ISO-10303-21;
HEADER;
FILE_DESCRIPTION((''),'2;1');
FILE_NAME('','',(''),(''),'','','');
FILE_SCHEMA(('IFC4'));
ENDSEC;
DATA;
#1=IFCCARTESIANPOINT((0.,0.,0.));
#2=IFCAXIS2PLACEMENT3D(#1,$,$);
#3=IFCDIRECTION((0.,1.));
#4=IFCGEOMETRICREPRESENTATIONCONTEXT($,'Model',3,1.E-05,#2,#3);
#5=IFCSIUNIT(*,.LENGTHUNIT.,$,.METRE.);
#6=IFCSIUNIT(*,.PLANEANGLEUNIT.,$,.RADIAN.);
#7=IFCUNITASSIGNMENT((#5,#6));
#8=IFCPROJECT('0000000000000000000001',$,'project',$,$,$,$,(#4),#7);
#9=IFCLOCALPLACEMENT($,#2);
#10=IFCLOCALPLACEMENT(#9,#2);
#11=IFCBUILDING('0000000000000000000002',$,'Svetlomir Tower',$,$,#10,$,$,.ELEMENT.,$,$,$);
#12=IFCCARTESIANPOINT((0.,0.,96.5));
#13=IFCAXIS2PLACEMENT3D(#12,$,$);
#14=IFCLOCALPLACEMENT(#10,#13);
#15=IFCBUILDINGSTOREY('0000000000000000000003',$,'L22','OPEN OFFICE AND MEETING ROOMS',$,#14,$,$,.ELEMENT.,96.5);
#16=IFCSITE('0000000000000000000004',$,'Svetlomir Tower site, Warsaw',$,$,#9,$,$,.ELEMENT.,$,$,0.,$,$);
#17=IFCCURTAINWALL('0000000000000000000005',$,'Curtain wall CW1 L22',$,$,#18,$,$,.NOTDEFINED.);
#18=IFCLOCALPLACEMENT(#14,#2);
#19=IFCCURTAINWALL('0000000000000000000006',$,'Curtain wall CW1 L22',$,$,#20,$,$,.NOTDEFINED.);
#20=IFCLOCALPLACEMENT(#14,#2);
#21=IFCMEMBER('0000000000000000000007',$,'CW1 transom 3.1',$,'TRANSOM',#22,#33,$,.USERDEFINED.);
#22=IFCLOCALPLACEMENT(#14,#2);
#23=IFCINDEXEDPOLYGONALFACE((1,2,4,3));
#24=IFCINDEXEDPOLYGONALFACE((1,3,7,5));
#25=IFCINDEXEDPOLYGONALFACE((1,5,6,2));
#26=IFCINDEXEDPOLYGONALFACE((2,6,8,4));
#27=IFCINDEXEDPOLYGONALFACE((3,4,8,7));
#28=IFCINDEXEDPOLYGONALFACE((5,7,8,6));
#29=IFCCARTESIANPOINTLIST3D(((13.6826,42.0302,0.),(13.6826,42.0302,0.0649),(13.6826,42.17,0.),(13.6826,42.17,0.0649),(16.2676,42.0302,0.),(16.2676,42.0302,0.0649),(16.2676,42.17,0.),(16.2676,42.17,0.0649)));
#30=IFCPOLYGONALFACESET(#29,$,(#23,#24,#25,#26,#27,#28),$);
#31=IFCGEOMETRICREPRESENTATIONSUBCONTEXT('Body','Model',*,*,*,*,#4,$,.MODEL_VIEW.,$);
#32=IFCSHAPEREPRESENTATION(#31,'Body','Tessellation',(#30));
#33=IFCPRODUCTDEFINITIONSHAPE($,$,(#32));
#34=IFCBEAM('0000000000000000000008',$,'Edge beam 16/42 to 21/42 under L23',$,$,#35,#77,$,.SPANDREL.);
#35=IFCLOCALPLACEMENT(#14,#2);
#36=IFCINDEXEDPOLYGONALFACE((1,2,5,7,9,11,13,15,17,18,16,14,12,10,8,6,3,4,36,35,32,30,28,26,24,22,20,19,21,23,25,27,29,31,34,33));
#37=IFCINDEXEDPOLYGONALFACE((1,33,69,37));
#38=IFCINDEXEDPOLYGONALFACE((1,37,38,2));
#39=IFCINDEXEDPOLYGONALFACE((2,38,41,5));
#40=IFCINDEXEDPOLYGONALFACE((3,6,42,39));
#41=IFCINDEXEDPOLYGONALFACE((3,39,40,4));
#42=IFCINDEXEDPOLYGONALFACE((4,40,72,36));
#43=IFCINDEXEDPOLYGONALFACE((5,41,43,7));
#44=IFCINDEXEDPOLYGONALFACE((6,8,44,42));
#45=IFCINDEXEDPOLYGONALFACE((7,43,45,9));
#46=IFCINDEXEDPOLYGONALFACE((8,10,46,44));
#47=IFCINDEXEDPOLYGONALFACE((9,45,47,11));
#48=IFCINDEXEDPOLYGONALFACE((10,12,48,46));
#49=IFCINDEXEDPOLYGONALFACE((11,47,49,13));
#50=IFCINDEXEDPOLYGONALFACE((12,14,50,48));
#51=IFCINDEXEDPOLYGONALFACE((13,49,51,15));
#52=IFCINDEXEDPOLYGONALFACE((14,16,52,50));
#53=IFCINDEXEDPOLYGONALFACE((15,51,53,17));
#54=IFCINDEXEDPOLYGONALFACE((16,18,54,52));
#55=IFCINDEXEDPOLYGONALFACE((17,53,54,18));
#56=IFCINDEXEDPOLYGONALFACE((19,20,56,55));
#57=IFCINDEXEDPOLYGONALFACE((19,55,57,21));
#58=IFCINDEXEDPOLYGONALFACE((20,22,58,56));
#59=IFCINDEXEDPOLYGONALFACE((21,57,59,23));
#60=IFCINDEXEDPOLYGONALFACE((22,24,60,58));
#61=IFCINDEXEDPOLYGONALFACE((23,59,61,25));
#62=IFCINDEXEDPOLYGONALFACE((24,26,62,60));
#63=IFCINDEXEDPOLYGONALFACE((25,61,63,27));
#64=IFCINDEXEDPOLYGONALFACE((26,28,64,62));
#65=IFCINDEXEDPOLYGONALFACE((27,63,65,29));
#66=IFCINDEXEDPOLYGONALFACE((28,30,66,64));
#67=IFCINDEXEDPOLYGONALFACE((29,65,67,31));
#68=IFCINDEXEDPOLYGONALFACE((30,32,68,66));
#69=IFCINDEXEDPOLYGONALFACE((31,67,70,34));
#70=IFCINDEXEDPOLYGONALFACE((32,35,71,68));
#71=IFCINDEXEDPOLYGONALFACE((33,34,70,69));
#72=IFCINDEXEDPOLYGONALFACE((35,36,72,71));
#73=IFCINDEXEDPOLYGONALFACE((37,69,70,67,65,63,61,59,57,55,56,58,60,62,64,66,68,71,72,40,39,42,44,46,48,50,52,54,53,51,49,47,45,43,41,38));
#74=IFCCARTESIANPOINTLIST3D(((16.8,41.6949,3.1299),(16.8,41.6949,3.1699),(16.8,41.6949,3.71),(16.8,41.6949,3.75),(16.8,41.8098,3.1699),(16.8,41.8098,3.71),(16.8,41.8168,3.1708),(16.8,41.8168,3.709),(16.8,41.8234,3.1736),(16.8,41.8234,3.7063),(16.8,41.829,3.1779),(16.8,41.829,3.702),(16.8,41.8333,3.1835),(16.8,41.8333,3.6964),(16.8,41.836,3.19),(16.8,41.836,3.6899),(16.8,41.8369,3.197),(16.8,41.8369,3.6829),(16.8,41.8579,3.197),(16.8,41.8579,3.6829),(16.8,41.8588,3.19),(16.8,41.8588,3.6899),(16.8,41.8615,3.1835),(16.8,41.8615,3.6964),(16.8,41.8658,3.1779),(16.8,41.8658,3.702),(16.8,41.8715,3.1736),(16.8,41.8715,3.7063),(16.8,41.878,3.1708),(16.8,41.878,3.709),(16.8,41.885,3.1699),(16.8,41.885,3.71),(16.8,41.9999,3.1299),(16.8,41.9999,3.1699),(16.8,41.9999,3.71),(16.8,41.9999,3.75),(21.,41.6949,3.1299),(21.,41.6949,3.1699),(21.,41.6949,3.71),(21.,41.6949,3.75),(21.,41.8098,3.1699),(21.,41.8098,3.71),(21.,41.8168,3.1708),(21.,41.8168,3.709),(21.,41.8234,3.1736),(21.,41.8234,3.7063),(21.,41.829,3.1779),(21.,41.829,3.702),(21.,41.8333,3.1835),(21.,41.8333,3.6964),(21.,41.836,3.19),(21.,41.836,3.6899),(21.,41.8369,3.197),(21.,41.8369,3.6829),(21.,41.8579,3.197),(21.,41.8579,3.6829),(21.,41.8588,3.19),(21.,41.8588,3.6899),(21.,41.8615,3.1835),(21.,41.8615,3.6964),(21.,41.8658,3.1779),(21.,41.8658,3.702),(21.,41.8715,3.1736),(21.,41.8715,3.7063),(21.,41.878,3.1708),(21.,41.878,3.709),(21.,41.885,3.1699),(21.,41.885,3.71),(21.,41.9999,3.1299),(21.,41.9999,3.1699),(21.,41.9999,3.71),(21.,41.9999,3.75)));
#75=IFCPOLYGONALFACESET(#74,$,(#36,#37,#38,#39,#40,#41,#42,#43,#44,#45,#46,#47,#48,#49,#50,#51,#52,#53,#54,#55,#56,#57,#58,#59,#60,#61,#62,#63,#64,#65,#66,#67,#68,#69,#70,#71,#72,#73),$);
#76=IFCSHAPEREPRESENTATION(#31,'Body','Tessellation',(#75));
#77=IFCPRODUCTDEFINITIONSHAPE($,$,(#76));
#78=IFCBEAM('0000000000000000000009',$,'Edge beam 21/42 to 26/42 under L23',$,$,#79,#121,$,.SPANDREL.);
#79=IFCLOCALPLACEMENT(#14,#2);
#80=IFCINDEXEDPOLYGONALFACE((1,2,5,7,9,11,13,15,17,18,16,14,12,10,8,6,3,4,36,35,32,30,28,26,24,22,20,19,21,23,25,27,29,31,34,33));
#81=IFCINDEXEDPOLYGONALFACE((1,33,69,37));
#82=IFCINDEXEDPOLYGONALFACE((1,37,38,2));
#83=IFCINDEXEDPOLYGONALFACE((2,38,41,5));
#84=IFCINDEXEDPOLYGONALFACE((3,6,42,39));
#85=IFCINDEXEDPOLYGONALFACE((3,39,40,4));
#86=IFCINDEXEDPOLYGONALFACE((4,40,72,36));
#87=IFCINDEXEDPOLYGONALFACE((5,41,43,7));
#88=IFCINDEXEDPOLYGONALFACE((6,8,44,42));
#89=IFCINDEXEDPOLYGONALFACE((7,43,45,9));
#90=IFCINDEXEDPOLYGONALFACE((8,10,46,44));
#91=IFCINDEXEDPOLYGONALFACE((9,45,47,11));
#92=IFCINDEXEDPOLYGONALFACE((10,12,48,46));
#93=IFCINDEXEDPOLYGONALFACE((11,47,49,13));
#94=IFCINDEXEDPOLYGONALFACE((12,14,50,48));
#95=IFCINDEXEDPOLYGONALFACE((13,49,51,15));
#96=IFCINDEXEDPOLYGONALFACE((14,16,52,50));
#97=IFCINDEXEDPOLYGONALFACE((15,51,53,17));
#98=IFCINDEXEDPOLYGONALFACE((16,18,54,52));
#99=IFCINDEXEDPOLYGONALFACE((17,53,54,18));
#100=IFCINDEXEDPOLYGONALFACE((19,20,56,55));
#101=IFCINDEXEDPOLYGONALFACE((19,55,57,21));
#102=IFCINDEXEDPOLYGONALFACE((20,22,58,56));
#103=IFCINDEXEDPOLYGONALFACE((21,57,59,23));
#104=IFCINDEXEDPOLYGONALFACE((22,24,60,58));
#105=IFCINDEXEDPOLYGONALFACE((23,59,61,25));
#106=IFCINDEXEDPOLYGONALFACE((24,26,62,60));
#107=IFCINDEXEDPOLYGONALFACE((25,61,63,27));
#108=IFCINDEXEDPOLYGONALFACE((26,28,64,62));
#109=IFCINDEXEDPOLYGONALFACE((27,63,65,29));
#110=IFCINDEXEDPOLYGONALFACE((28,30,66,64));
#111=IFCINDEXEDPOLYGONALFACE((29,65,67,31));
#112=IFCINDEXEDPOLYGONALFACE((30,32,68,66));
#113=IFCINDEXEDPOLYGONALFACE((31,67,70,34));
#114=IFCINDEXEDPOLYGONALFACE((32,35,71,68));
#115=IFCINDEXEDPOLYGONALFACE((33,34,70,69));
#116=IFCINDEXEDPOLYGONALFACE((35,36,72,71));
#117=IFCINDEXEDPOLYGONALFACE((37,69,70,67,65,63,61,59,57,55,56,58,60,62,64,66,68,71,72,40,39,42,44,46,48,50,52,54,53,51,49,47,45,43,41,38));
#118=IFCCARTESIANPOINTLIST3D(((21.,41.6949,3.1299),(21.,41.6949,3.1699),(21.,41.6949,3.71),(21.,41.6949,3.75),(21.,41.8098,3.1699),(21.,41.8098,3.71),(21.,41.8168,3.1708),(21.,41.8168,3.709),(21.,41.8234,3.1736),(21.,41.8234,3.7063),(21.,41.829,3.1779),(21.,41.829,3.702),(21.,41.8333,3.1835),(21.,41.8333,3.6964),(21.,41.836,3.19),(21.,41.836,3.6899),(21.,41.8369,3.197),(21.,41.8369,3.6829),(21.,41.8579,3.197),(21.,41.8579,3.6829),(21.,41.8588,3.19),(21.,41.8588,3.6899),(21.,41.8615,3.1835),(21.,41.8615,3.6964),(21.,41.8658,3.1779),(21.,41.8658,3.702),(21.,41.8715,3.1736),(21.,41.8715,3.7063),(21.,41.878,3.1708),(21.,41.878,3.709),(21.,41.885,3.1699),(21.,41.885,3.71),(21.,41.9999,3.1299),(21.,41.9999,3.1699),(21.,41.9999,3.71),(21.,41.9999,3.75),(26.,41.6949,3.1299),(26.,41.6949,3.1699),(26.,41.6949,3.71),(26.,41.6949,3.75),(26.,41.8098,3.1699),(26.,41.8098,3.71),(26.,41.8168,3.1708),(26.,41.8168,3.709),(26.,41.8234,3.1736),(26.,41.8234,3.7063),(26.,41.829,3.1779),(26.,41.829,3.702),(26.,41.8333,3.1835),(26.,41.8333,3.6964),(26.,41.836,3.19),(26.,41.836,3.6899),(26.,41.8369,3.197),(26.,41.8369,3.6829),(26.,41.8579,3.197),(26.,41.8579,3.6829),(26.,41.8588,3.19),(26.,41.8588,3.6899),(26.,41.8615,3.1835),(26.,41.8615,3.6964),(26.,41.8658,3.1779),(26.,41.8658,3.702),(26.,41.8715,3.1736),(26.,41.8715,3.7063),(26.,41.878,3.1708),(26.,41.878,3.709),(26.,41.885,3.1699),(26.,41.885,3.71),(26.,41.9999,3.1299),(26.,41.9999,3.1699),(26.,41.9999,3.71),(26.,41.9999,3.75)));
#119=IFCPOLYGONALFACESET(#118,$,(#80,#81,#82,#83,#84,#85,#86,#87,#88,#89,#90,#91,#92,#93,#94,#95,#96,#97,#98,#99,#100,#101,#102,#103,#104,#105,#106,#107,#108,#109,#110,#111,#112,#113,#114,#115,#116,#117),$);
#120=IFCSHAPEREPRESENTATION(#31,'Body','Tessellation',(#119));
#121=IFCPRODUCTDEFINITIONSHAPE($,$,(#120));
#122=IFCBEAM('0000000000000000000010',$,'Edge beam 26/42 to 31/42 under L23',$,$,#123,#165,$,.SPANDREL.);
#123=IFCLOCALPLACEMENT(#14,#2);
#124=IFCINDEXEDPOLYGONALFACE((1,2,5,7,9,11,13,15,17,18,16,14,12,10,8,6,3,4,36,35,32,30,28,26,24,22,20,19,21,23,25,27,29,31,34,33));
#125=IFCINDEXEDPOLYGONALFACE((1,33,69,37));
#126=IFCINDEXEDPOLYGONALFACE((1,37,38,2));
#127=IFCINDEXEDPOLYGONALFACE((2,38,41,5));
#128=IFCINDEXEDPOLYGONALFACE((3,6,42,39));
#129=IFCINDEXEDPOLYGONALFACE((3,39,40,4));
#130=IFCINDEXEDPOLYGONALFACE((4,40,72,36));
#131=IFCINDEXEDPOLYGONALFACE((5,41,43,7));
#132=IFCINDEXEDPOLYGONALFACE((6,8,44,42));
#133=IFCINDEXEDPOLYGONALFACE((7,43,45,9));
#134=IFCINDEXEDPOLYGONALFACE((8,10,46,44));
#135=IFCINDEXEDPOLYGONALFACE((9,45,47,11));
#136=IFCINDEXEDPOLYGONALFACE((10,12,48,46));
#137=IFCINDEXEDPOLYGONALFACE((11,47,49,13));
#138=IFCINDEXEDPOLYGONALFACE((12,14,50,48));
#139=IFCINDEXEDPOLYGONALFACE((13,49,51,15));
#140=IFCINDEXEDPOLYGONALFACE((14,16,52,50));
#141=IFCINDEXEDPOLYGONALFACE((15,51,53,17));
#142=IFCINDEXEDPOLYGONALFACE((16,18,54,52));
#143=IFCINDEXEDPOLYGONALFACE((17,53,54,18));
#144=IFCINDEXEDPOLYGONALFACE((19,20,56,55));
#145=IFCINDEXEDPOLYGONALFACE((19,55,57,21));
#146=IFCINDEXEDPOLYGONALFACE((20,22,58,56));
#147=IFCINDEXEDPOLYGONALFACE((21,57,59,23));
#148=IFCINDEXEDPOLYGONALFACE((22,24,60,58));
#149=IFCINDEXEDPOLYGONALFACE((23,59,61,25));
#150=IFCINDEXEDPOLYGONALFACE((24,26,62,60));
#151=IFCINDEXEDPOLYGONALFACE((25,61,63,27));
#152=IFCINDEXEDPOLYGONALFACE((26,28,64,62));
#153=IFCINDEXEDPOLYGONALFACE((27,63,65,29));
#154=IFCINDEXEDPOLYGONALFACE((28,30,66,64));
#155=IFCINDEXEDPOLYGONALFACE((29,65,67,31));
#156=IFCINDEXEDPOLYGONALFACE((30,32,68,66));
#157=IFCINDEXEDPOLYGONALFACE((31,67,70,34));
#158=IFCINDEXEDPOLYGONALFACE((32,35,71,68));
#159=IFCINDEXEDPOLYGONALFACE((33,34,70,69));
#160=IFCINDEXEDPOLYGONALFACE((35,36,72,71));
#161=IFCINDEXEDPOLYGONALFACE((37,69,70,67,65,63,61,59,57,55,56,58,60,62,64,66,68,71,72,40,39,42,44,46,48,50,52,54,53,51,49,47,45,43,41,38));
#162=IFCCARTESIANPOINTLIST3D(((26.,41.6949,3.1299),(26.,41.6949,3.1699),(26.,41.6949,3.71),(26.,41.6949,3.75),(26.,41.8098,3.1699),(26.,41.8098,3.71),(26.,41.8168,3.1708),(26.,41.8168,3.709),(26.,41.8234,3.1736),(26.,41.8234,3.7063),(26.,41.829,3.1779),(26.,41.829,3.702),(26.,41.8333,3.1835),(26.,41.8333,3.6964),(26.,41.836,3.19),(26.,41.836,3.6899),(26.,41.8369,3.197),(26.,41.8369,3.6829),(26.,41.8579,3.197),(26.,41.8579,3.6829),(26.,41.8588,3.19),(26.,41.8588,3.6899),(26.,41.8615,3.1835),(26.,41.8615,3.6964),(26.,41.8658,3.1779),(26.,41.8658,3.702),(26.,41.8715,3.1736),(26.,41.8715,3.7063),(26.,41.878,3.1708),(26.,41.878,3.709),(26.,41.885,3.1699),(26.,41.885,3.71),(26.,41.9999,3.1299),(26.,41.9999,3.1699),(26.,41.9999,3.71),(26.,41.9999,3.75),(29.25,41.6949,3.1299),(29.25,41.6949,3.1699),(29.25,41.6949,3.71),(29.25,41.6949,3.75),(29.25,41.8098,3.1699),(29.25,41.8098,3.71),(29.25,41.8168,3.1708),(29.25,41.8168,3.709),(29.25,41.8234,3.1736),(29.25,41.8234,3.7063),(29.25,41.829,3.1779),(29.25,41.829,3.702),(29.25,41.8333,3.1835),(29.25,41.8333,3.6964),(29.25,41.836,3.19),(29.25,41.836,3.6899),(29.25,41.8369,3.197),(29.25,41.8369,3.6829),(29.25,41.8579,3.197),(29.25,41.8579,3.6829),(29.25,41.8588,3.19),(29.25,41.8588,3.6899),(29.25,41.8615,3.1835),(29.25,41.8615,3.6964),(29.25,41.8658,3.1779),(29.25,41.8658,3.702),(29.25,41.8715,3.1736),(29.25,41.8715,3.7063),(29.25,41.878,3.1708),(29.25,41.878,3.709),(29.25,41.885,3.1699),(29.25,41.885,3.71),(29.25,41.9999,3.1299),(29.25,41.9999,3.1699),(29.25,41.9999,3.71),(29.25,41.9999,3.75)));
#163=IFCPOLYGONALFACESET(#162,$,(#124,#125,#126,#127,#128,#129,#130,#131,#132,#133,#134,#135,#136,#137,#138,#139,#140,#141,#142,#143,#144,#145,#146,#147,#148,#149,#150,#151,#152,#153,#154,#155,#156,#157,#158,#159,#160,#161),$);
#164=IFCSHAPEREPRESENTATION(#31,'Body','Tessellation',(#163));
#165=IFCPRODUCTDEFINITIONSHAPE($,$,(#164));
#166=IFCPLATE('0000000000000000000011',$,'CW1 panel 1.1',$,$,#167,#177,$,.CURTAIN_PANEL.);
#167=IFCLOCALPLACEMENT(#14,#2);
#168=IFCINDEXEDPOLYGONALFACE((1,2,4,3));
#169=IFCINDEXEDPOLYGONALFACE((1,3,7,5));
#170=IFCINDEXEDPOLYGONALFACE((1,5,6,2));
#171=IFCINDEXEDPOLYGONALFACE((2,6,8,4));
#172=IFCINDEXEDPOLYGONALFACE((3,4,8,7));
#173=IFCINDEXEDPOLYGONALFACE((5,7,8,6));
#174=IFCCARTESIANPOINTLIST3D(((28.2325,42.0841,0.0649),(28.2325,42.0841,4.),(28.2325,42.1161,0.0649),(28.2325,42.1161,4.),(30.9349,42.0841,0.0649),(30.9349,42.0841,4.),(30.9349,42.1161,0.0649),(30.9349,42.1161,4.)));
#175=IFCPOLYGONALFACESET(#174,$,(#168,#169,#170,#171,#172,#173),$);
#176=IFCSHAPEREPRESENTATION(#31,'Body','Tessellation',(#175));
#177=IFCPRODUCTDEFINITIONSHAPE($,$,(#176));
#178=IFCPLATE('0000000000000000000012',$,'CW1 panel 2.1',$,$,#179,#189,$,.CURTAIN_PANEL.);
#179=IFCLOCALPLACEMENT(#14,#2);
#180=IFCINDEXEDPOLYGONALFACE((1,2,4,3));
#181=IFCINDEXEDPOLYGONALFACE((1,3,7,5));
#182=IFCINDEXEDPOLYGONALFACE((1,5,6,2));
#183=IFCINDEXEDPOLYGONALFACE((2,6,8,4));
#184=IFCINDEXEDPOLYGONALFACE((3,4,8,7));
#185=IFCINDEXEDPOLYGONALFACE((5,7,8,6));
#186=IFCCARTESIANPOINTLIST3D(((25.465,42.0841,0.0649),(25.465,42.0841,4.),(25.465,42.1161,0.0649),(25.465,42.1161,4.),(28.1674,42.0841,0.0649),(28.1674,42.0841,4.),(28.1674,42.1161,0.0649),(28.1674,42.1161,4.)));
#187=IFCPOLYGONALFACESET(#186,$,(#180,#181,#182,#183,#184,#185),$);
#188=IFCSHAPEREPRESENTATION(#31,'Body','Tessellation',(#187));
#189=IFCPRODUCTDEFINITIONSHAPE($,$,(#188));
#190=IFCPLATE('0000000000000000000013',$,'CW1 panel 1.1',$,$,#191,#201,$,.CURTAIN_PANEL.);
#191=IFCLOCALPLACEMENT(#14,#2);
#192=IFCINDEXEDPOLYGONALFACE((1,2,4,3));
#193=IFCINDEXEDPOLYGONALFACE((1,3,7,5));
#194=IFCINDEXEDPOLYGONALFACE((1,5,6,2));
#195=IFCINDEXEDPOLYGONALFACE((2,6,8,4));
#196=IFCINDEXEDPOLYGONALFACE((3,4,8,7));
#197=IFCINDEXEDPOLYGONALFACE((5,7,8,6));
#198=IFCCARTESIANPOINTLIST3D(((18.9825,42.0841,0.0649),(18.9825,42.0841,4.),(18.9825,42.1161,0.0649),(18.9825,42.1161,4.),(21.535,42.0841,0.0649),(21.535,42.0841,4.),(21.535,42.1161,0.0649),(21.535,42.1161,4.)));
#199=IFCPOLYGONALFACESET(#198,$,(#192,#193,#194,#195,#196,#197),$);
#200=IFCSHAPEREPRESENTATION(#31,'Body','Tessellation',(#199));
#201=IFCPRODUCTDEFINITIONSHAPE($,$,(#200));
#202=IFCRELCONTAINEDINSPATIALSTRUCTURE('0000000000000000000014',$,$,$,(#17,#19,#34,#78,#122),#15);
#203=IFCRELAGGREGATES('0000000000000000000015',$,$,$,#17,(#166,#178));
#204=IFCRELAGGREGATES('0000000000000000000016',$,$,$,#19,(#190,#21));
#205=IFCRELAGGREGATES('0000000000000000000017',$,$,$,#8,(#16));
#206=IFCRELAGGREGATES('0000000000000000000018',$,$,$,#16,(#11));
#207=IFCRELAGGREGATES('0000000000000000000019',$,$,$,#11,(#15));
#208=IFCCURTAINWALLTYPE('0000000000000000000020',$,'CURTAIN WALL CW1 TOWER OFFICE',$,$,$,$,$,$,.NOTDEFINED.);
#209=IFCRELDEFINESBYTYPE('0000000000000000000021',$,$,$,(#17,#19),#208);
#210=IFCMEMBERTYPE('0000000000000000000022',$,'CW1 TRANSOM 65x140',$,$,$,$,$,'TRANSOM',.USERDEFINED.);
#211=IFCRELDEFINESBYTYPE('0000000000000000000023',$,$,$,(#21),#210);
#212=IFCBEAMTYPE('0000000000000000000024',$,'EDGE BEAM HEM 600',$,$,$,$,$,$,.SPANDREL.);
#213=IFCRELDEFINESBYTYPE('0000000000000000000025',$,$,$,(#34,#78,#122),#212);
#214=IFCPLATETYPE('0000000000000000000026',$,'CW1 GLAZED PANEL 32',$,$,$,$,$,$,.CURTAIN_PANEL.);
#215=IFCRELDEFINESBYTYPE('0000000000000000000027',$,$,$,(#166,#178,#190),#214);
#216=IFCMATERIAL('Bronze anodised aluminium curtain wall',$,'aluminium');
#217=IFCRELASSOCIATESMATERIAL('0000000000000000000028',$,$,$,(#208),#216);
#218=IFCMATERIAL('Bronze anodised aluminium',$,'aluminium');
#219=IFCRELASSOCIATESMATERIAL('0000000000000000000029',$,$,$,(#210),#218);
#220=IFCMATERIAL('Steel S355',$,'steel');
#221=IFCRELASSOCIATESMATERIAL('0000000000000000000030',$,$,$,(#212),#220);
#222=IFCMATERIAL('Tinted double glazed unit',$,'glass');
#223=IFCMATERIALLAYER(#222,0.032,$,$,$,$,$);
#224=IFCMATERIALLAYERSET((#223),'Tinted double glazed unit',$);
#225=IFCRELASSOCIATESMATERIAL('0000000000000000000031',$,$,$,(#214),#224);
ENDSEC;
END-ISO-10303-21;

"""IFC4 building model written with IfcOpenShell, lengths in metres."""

from ifc_helpers import new_model, si_unit, direction, frame, origin, origin_2d, place, context, subcontext, project, spatial, rectangle, i_section, extrude, material, layer, layer_set, material_profile, profile_set, type_object, element, aggregate, save


model = new_model("IFC4")

# Units and contexts
model_context = context("Model", 3, precision=1e-05, world=origin(), true_north=direction((0.0, 1.0)))
body_context = subcontext(model_context, "Body", "Model", "MODEL_VIEW")
ifc_project = project(units=[si_unit("LENGTHUNIT", "METRE"), si_unit("PLANEANGLEUNIT", "RADIAN")], contexts=[model_context])

# Site, building, storey
site_placement = place(None, origin())
site = spatial("IfcSite", under=ifc_project, at=site_placement, Name="Svetlomir Tower site, Warsaw", CompositionType="ELEMENT", RefElevation=0.0)
building_placement = place(site_placement, origin())
building = spatial("IfcBuilding", under=site, at=building_placement, Name="Svetlomir Tower", CompositionType="ELEMENT")
storey_placement = place(building_placement, frame((0.0, 0.0, 96.5)))
storey = spatial("IfcBuildingStorey", under=building, at=storey_placement, Name="L22", Description="OPEN OFFICE AND MEETING ROOMS", CompositionType="ELEMENT", Elevation=96.5)

# Curtain walls
ifc_material_1 = material(Name="Bronze anodised aluminium curtain wall", Category="aluminium")
curtain_wall_type = type_object("IfcCurtainWallType", Name="CURTAIN WALL CW1 TOWER OFFICE", PredefinedType="NOTDEFINED", material=ifc_material_1)
curtain_wall_1_placement = place(storey_placement, origin())
curtain_wall_1 = element("IfcCurtainWall", 1, at=curtain_wall_1_placement, inside=storey, type_object=curtain_wall_type, Name="Curtain wall CW1 L22", PredefinedType="NOTDEFINED")
curtain_wall_2_placement = place(storey_placement, origin())
curtain_wall_2 = element("IfcCurtainWall", 2, at=curtain_wall_2_placement, inside=storey, type_object=curtain_wall_type, Name="Curtain wall CW1 L22", PredefinedType="NOTDEFINED")

# Member
ifc_material_2 = material(Name="Bronze anodised aluminium", Category="aluminium")
ifc_material_profile_1 = material_profile(ifc_material_2, rectangle(XDim=0.1399, YDim=0.0649, at=origin_2d()), Name="AL 140x65")
ifc_profile_set_1 = profile_set([ifc_material_profile_1], Name="Bronze anodised aluminium 6063-T6")
member_type_1 = type_object("IfcMemberType", Name="CW1 TRANSOM 65x140", ElementType="TRANSOM", PredefinedType="USERDEFINED", material=ifc_profile_set_1)
member_1_placement = place(storey_placement, frame((16.2676, 42.1001, 0.0325), z_axis=(-1.0, 0.0, 0.0), x_axis=(0.0, -1.0, 0.0)))
member_1 = element("IfcMember", 3, at=member_1_placement, type_object=member_type_1, Name="CW1 transom 3.1", ObjectType="TRANSOM", PredefinedType="USERDEFINED", context=body_context, shape_type="SweptSolid", body=[
    extrude(rectangle(XDim=0.1399, YDim=0.0649, at=origin_2d()), origin(), (0.0, 0.0, 1.0), 2.585),
])

# Beams
ifc_material_3 = material(Name="Steel S355", Category="steel")
ifc_material_profile_2 = material_profile(ifc_material_3, i_section(OverallWidth=0.3049, OverallDepth=0.6201, WebThickness=0.021, FlangeThickness=0.04, FilletRadius=0.0271, at=origin_2d()), Name="HEM 600")
ifc_profile_set_2 = profile_set([ifc_material_profile_2], Name="Steel S355")
beam_type_1 = type_object("IfcBeamType", Name="EDGE BEAM HEM 600", PredefinedType="SPANDREL", material=ifc_profile_set_2)
beam_1_placement = place(storey_placement, frame((16.8, 41.8474, 3.4399), z_axis=(1.0, 0.0, 0.0), x_axis=(0.0, 1.0, 0.0)))
element("IfcBeam", 4, at=beam_1_placement, inside=storey, type_object=beam_type_1, Name="Edge beam 16/42 to 21/42 under L23", PredefinedType="SPANDREL", context=body_context, shape_type="SweptSolid", body=[
    extrude(i_section(OverallWidth=0.3049, OverallDepth=0.6201, WebThickness=0.021, FlangeThickness=0.04, FilletRadius=0.0271, at=origin_2d()), origin(), (0.0, 0.0, 1.0), 4.2),
])
beam_2_placement = place(storey_placement, frame((21.0, 41.8474, 3.4399), z_axis=(1.0, 0.0, 0.0), x_axis=(0.0, 1.0, 0.0)))
element("IfcBeam", 5, at=beam_2_placement, inside=storey, type_object=beam_type_1, Name="Edge beam 21/42 to 26/42 under L23", PredefinedType="SPANDREL", context=body_context, shape_type="SweptSolid", body=[
    extrude(i_section(OverallWidth=0.3049, OverallDepth=0.6201, WebThickness=0.021, FlangeThickness=0.04, FilletRadius=0.0271, at=origin_2d()), origin(), (0.0, 0.0, 1.0), 5.0),
])
beam_3_placement = place(storey_placement, frame((26.0, 41.8474, 3.4399), z_axis=(1.0, 0.0, 0.0), x_axis=(0.0, 1.0, 0.0)))
element("IfcBeam", 6, at=beam_3_placement, inside=storey, type_object=beam_type_1, Name="Edge beam 26/42 to 31/42 under L23", PredefinedType="SPANDREL", context=body_context, shape_type="SweptSolid", body=[
    extrude(i_section(OverallWidth=0.3049, OverallDepth=0.6201, WebThickness=0.021, FlangeThickness=0.04, FilletRadius=0.0271, at=origin_2d()), origin(), (0.0, 0.0, 1.0), 3.25),
])

# Plates
ifc_material_4 = material(Name="Tinted double glazed unit", Category="glass")
ifc_layer_1 = layer(ifc_material_4, 0.032)
ifc_layer_set_1 = layer_set([ifc_layer_1], Name="Tinted double glazed unit")
plate_type = type_object("IfcPlateType", Name="CW1 GLAZED PANEL 32", PredefinedType="CURTAIN_PANEL", material=ifc_layer_set_1)
plate_1_placement = place(storey_placement, frame((29.5837, 42.1001, 0.0649), z_axis=(0.0, 0.0, 1.0), x_axis=(-1.0, 0.0, 0.0)))
plate_1 = element("IfcPlate", 7, at=plate_1_placement, type_object=plate_type, Name="CW1 panel 1.1", PredefinedType="CURTAIN_PANEL", context=body_context, shape_type="SweptSolid", body=[
    extrude(rectangle(XDim=2.7024, YDim=0.032, at=origin_2d()), origin(), (0.0, 0.0, 1.0), 3.9351),
])
plate_2_placement = place(storey_placement, frame((26.8162, 42.1001, 0.0649), z_axis=(0.0, 0.0, 1.0), x_axis=(-1.0, 0.0, 0.0)))
plate_2 = element("IfcPlate", 8, at=plate_2_placement, type_object=plate_type, Name="CW1 panel 2.1", PredefinedType="CURTAIN_PANEL", context=body_context, shape_type="SweptSolid", body=[
    extrude(rectangle(XDim=2.7024, YDim=0.032, at=origin_2d()), origin(), (0.0, 0.0, 1.0), 3.9351),
])
aggregate(curtain_wall_1, [plate_1, plate_2])
plate_3_placement = place(storey_placement, frame((20.2588, 42.1001, 0.0649), z_axis=(0.0, 0.0, 1.0), x_axis=(-1.0, 0.0, 0.0)))
plate_3 = element("IfcPlate", 9, at=plate_3_placement, type_object=plate_type, Name="CW1 panel 1.1", PredefinedType="CURTAIN_PANEL", context=body_context, shape_type="SweptSolid", body=[
    extrude(rectangle(XDim=2.5525, YDim=0.032, at=origin_2d()), origin(), (0.0, 0.0, 1.0), 3.9351),
])
aggregate(curtain_wall_2, [plate_3, member_1])

save(model, "model.ifc")
